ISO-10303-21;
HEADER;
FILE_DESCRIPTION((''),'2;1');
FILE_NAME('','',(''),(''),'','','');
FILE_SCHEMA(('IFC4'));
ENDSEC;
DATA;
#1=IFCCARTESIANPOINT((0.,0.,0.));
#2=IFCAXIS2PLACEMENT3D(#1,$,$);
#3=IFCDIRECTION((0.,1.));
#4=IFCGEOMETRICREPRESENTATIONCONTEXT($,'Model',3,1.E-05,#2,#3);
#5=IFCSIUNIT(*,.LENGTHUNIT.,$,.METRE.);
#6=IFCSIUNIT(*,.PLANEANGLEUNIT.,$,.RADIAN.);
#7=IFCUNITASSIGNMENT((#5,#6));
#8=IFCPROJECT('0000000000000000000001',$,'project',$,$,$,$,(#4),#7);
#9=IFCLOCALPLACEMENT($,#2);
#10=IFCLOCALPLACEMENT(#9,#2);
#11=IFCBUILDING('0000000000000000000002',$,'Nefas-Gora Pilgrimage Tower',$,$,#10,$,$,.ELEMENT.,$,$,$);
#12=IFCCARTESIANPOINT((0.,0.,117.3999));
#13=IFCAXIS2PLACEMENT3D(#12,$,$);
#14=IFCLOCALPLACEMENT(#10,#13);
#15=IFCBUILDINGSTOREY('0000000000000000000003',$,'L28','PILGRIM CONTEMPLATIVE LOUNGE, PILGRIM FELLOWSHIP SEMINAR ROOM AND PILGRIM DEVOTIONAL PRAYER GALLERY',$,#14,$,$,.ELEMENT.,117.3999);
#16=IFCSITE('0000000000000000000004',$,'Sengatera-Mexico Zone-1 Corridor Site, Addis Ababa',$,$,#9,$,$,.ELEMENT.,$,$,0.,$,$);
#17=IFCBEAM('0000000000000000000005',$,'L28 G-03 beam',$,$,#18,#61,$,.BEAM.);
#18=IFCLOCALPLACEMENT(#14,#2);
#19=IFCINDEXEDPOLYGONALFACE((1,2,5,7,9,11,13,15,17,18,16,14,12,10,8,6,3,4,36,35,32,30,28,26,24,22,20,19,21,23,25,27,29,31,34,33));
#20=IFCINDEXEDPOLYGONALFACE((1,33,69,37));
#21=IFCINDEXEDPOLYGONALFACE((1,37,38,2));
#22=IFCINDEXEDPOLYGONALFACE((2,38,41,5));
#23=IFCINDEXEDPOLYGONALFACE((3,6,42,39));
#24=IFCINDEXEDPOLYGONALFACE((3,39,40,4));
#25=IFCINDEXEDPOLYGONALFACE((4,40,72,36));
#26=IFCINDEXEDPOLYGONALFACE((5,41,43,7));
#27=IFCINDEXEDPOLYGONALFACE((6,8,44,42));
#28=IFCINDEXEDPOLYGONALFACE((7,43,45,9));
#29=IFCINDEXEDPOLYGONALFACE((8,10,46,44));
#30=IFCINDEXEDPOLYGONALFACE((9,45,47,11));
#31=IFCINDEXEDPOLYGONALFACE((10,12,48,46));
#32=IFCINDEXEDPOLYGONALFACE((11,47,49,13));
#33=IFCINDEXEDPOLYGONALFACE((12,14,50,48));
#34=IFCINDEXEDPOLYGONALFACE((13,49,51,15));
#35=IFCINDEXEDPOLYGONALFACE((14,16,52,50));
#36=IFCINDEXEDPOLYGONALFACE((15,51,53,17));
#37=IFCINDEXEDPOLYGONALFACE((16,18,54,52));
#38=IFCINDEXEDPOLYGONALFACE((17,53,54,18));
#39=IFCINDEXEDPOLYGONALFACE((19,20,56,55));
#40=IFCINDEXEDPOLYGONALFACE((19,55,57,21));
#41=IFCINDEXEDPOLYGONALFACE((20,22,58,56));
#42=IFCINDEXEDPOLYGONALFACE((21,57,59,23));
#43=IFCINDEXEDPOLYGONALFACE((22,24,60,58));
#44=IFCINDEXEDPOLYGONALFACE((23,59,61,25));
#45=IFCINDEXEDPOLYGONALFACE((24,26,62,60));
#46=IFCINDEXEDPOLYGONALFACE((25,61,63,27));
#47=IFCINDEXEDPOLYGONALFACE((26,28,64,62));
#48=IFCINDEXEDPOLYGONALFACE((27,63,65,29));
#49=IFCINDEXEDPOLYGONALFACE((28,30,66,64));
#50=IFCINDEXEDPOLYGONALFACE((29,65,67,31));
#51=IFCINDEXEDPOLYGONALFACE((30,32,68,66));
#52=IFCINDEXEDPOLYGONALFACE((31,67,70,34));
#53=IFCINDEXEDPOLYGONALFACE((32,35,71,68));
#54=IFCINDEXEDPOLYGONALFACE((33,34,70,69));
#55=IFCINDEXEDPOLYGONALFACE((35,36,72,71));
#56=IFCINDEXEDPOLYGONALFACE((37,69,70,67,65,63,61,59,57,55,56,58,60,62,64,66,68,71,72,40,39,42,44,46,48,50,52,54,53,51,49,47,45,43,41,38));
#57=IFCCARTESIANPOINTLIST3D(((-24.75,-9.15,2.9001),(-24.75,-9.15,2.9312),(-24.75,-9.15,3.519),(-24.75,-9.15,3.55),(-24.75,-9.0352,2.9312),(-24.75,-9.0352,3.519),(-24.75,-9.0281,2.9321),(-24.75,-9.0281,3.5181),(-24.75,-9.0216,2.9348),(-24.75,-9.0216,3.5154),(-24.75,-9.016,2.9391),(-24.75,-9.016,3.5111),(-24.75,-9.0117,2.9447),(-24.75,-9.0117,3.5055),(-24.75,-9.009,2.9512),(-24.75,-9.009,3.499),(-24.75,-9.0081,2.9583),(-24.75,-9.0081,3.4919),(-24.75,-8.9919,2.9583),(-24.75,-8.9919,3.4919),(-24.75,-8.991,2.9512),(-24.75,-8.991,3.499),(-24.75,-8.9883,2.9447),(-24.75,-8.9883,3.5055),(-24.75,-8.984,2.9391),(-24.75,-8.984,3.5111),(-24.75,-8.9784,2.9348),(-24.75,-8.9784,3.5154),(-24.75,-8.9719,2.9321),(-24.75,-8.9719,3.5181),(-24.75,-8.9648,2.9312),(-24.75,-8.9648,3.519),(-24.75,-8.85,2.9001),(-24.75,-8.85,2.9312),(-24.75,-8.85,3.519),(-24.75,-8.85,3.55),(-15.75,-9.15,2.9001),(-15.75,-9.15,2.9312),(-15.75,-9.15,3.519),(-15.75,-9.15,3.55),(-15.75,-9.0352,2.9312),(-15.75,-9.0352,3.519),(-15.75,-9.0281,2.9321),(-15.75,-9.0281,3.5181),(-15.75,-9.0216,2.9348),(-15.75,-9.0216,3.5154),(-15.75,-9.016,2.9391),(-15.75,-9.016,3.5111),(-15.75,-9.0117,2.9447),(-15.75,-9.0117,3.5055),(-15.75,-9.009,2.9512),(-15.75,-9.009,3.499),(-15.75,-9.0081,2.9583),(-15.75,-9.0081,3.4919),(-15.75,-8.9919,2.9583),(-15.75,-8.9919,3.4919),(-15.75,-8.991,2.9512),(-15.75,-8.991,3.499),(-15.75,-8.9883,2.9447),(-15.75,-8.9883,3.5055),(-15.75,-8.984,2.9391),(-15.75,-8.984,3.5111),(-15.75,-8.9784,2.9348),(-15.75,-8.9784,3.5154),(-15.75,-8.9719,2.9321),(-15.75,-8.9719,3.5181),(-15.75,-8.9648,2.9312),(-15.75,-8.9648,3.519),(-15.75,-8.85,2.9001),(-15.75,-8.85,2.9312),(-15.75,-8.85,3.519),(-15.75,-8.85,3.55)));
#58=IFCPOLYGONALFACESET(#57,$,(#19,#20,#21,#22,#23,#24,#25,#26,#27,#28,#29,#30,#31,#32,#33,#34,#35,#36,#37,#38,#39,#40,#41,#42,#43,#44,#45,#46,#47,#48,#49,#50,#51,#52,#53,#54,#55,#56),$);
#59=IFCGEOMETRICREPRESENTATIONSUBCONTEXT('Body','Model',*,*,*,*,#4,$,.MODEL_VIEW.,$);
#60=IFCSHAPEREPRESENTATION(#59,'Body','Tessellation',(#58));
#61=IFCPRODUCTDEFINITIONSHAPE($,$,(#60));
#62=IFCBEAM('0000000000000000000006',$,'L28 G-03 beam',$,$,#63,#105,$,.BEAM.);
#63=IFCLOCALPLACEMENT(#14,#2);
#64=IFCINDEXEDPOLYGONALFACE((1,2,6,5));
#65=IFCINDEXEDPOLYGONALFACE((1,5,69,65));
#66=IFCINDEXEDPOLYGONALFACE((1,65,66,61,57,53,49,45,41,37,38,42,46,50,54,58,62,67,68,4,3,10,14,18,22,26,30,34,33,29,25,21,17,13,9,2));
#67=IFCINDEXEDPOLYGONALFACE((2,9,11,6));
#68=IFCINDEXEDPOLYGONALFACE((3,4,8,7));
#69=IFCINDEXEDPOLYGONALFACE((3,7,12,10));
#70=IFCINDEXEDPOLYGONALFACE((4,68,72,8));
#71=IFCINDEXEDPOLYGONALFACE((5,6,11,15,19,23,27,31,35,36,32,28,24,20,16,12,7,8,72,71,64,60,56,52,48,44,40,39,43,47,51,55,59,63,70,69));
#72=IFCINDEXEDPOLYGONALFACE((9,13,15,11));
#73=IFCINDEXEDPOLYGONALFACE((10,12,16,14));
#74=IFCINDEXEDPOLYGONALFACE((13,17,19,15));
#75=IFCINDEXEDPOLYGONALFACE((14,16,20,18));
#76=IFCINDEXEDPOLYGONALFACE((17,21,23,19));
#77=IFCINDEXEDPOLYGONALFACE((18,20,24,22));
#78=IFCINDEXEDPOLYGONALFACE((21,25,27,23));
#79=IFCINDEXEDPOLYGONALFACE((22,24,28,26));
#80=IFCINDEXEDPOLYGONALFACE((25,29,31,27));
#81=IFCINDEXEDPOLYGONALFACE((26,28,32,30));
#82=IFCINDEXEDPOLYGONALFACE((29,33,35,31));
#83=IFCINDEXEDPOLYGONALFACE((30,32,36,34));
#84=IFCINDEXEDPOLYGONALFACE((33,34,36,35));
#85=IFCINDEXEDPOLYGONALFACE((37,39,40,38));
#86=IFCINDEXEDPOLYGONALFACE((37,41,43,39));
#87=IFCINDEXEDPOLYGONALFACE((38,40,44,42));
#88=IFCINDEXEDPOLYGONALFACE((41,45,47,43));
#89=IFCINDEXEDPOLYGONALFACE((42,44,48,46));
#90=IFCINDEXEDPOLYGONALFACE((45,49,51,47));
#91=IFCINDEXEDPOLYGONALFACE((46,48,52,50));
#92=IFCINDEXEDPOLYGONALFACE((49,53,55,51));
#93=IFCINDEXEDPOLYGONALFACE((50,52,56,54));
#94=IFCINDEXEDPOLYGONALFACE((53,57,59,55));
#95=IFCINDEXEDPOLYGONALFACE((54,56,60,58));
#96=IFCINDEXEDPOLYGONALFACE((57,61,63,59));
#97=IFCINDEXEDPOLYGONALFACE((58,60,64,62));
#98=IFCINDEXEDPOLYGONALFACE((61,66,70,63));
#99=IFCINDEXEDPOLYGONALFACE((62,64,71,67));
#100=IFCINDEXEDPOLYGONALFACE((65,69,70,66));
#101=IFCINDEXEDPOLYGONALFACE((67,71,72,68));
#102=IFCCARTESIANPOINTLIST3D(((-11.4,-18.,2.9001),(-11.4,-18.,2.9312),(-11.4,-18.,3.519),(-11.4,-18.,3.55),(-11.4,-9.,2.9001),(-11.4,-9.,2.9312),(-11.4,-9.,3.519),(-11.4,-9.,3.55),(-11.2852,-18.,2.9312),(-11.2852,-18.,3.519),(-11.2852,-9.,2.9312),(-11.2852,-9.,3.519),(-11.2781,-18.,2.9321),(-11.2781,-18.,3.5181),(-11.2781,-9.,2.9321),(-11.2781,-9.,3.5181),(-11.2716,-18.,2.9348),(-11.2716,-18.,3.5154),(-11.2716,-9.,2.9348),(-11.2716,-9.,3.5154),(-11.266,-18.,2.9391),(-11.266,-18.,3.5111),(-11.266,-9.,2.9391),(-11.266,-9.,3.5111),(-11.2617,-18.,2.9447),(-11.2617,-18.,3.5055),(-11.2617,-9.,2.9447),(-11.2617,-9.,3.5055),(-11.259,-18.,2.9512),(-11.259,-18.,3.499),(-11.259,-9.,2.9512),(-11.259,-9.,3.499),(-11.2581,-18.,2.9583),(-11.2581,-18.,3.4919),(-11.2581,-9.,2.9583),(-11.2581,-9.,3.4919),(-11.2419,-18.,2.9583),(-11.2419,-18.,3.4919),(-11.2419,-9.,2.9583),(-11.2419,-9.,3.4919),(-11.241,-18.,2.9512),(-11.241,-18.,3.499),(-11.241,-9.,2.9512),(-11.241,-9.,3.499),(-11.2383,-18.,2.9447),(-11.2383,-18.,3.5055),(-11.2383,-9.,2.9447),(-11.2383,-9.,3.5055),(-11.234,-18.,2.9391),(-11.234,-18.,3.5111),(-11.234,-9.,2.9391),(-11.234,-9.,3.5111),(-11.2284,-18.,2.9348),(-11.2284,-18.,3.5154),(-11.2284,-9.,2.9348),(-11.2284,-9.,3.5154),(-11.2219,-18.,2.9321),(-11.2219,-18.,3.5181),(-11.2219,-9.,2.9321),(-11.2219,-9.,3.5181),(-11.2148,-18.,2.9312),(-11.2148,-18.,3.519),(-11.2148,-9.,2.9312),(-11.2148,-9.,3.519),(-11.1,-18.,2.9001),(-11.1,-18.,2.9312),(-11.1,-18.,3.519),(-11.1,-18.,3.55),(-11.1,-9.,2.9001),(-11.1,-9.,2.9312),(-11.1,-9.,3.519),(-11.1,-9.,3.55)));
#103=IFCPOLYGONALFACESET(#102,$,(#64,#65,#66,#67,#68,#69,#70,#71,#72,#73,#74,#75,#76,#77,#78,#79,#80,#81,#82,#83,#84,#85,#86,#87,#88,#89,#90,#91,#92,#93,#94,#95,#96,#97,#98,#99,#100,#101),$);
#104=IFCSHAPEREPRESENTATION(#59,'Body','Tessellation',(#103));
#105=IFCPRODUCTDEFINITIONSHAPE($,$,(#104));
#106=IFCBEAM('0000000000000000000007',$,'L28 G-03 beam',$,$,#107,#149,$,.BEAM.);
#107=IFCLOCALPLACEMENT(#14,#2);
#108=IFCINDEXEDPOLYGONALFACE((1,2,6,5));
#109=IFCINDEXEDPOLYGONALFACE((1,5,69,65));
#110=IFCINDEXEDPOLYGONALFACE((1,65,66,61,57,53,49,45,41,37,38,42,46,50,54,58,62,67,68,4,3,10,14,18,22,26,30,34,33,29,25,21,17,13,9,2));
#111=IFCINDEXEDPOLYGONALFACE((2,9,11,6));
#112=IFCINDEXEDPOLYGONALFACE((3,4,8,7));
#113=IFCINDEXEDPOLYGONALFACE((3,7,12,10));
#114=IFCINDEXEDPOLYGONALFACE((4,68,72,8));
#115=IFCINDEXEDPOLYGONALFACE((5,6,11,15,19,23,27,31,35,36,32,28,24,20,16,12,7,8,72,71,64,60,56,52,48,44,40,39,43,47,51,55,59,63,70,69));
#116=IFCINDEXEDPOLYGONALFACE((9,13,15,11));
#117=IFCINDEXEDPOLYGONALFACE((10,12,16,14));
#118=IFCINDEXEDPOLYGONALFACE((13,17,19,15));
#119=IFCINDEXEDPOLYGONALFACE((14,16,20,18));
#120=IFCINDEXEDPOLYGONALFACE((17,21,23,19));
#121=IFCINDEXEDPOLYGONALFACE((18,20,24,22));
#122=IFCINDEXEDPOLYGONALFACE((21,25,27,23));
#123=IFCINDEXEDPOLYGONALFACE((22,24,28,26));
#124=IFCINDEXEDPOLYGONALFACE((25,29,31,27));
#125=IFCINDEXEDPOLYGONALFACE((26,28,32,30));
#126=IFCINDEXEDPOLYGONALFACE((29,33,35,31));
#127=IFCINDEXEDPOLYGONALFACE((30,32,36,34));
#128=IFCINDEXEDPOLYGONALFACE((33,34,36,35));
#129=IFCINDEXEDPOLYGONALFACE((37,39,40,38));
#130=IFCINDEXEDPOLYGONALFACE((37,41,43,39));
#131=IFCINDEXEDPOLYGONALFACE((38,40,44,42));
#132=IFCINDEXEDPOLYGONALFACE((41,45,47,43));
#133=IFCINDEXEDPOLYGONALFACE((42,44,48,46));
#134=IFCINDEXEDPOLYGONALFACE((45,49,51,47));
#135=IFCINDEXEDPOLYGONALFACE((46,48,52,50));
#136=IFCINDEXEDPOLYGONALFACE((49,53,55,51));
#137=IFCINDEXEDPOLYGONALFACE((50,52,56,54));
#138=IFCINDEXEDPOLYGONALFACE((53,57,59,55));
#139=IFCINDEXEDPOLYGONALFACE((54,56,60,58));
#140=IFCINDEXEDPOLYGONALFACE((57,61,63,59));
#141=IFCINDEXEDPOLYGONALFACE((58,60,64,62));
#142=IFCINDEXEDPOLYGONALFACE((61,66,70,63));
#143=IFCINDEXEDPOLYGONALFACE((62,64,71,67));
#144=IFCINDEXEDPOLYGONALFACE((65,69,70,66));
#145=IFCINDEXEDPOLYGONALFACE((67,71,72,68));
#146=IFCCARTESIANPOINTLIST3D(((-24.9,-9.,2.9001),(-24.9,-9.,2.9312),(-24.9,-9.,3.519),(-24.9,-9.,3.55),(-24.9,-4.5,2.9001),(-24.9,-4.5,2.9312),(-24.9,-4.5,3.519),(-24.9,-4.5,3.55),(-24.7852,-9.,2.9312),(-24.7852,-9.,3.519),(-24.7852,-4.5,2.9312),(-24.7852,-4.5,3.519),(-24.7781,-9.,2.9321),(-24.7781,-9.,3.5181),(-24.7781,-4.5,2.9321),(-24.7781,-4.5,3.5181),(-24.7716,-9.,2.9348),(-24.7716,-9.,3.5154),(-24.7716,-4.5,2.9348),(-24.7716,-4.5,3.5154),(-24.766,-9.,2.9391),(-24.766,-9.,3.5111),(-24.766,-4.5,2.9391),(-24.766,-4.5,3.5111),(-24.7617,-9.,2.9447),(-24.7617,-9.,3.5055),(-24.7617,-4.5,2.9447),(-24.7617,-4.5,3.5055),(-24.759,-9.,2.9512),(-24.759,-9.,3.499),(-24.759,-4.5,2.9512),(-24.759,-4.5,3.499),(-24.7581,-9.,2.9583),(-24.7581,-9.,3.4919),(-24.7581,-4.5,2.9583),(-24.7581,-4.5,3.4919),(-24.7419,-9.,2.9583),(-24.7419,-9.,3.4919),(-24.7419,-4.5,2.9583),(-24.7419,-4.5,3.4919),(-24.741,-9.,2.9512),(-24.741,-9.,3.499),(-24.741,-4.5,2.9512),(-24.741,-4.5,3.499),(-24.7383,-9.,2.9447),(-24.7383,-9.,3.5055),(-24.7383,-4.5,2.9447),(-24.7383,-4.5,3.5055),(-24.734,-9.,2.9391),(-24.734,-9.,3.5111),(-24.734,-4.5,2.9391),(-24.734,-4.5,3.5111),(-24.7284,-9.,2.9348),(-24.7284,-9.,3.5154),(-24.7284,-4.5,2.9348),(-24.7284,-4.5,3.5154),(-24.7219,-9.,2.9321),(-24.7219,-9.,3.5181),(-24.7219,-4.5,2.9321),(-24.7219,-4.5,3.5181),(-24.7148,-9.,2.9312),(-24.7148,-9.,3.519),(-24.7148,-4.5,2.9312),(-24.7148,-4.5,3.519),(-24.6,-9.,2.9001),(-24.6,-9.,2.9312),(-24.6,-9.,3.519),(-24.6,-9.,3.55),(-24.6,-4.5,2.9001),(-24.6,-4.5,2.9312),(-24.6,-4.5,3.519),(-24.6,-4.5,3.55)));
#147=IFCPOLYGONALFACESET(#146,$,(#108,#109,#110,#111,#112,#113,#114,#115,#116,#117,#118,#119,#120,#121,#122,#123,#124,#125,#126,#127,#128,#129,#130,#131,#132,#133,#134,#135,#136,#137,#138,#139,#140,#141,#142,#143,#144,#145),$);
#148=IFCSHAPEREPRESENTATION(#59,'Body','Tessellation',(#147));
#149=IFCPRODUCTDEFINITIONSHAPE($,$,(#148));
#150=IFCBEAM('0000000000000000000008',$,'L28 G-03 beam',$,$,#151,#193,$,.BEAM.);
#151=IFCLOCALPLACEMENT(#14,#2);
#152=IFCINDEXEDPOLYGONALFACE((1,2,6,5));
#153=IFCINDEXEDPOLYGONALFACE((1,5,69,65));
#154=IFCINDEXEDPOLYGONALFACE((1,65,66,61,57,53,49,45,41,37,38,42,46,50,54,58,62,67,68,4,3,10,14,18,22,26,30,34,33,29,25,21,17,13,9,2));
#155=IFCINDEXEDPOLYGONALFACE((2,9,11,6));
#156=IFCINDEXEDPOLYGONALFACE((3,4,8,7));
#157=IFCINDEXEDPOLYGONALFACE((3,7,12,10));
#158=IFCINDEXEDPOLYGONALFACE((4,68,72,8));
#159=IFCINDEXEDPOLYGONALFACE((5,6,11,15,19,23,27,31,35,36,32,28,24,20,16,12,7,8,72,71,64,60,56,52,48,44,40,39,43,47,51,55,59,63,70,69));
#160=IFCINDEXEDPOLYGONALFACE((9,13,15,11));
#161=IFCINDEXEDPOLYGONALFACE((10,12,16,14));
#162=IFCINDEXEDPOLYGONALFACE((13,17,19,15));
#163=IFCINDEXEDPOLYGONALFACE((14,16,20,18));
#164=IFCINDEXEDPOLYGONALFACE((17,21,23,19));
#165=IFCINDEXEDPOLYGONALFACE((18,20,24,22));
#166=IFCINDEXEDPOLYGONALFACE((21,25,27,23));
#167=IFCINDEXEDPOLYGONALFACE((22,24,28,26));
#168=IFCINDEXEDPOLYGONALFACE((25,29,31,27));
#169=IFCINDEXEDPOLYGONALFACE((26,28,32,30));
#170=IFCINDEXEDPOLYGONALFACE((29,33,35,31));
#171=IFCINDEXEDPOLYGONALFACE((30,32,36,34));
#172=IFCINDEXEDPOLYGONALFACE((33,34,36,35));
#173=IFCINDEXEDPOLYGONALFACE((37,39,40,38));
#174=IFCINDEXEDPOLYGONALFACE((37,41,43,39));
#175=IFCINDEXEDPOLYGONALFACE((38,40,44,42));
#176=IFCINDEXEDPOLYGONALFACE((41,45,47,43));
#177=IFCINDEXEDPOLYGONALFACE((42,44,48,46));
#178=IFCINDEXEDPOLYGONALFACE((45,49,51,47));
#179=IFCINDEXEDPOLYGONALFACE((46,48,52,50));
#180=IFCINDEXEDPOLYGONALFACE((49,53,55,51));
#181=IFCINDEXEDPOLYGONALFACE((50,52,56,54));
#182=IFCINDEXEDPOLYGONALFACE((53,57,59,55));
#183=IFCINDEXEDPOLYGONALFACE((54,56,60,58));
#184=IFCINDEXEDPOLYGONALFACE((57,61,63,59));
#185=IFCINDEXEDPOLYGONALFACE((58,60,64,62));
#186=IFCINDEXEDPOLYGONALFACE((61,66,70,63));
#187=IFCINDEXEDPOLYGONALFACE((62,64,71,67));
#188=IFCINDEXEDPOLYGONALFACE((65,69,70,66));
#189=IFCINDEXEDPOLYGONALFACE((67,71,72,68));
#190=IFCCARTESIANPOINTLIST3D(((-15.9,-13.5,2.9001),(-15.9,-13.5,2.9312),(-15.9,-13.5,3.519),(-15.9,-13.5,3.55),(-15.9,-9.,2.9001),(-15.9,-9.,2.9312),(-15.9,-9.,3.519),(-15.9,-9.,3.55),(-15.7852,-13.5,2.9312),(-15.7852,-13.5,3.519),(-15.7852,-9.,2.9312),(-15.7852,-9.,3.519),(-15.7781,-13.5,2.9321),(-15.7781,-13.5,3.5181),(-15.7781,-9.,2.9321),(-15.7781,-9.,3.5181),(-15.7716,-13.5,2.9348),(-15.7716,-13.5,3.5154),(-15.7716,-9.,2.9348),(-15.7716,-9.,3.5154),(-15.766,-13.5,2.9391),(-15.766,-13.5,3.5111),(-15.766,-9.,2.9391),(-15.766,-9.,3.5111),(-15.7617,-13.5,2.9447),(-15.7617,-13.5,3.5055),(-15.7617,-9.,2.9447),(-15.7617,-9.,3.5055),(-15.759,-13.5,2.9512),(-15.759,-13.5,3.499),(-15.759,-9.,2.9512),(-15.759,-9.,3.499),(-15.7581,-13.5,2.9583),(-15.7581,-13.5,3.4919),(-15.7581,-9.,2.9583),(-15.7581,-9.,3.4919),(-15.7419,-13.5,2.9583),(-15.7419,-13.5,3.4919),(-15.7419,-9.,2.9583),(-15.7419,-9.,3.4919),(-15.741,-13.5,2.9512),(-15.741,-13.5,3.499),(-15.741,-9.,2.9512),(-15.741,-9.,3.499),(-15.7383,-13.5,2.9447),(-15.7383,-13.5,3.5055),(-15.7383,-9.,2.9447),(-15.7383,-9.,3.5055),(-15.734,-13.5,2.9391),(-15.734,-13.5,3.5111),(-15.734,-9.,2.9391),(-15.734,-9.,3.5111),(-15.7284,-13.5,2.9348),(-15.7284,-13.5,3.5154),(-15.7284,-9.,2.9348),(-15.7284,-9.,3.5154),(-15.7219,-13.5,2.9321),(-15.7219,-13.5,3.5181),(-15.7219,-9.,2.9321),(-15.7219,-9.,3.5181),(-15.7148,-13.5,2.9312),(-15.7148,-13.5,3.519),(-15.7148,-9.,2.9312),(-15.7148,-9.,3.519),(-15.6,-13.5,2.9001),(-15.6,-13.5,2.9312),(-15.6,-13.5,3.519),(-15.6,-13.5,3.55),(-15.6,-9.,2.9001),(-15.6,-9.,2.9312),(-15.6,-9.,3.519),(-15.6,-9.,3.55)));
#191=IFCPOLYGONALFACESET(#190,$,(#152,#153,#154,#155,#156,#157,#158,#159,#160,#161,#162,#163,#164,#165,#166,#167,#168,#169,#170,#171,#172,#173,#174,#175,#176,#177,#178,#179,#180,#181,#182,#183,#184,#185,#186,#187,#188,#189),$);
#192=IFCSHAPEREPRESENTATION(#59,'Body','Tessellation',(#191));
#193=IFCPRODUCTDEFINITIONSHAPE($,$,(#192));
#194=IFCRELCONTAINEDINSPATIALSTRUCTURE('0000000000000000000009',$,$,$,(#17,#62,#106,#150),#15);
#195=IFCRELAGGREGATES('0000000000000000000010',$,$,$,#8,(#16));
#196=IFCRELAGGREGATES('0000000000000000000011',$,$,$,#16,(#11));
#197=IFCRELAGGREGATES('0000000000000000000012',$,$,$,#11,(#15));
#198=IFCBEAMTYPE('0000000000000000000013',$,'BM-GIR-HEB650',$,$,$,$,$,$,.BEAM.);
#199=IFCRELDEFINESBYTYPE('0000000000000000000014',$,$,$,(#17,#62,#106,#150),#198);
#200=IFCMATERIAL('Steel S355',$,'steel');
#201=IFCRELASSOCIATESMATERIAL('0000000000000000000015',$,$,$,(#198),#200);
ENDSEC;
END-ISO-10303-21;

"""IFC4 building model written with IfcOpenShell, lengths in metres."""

from ifc_helpers import new_model, si_unit, direction, frame, origin, origin_2d, place, context, subcontext, project, spatial, i_section, extrude, source, transform, mapped, material, material_profile, profile_set, type_object, element, save


model = new_model("IFC4")

# Units and contexts
model_context = context("Model", 3, precision=1e-05, world=origin(), true_north=direction((0.0, 1.0)))
body_context = subcontext(model_context, "Body", "Model", "MODEL_VIEW")
ifc_project = project(units=[si_unit("LENGTHUNIT", "METRE"), si_unit("PLANEANGLEUNIT", "RADIAN")], contexts=[model_context])

# Site, building, storey
site_placement = place(None, origin())
site = spatial("IfcSite", under=ifc_project, at=site_placement, Name="Sengatera-Mexico Zone-1 Corridor Site, Addis Ababa", CompositionType="ELEMENT", RefElevation=0.0)
building_placement = place(site_placement, origin())
building = spatial("IfcBuilding", under=site, at=building_placement, Name="Nefas-Gora Pilgrimage Tower", CompositionType="ELEMENT")
storey_placement = place(building_placement, frame((0.0, 0.0, 117.3999)))
storey = spatial("IfcBuildingStorey", under=building, at=storey_placement, Name="L28", Description="PILGRIM CONTEMPLATIVE LOUNGE, PILGRIM FELLOWSHIP SEMINAR ROOM AND PILGRIM DEVOTIONAL PRAYER GALLERY", CompositionType="ELEMENT", Elevation=117.3999)

# Beams
ifc_material_1 = material(Name="Steel S355", Category="steel")
ifc_material_profile_1 = material_profile(ifc_material_1, i_section(OverallWidth=0.3, OverallDepth=0.6499, WebThickness=0.0161, FlangeThickness=0.031, FilletRadius=0.0271, at=origin_2d()), Name="HEB 650")
ifc_profile_set_1 = profile_set([ifc_material_profile_1], Name="Steel S355")
beam_type = type_object("IfcBeamType", Name="BM-GIR-HEB650", PredefinedType="BEAM", material=ifc_profile_set_1)
shared_shape_1 = source(origin(), body_context, "Body", "SweptSolid", [
    extrude(i_section(OverallWidth=0.3, OverallDepth=0.6499, WebThickness=0.0161, FlangeThickness=0.031, FilletRadius=0.0271, at=origin_2d()), origin(), (0.0, 0.0, 1.0), 9.0),
])
for number, where, z_axis, x_axis, name in (
    (1, (-24.75, -9.0, 3.2251), (1.0, 0.0, 0.0), (0.0, 1.0, 0.0), "L28 G-03 beam"),
    (2, (-11.25, -18.0, 3.2251), (0.0, 1.0, 0.0), (-1.0, 0.0, 0.0), "L28 G-03 beam"),
):
    element("IfcBeam", number, at=place(storey_placement, frame(where, z_axis=z_axis, x_axis=x_axis)), inside=storey, type_object=beam_type, Name=name, PredefinedType="BEAM", context=body_context, shape_type="MappedRepresentation", body=[
        mapped(shared_shape_1, transform((0.0, 0.0, 0.0), x_axis=(1.0, 0.0, 0.0), y_axis=(0.0, 1.0, 0.0), z_axis=(0.0, 0.0, 1.0), scale=1.0)),
    ])
shared_shape_2 = source(origin(), body_context, "Body", "SweptSolid", [
    extrude(i_section(OverallWidth=0.3, OverallDepth=0.6499, WebThickness=0.0161, FlangeThickness=0.031, FilletRadius=0.0271, at=origin_2d()), origin(), (0.0, 0.0, 1.0), 4.5),
])
for number, where, z_axis, x_axis, name in (
    (3, (-24.75, -9.0, 3.2251), (0.0, 1.0, 0.0), (-1.0, 0.0, 0.0), "L28 G-03 beam"),
    (4, (-15.75, -13.5, 3.2251), (0.0, 1.0, 0.0), (-1.0, 0.0, 0.0), "L28 G-03 beam"),
):
    element("IfcBeam", number, at=place(storey_placement, frame(where, z_axis=z_axis, x_axis=x_axis)), inside=storey, type_object=beam_type, Name=name, PredefinedType="BEAM", context=body_context, shape_type="MappedRepresentation", body=[
        mapped(shared_shape_2, transform((0.0, 0.0, 0.0), x_axis=(1.0, 0.0, 0.0), y_axis=(0.0, 1.0, 0.0), z_axis=(0.0, 0.0, 1.0), scale=1.0)),
    ])

save(model, "model.ifc")
